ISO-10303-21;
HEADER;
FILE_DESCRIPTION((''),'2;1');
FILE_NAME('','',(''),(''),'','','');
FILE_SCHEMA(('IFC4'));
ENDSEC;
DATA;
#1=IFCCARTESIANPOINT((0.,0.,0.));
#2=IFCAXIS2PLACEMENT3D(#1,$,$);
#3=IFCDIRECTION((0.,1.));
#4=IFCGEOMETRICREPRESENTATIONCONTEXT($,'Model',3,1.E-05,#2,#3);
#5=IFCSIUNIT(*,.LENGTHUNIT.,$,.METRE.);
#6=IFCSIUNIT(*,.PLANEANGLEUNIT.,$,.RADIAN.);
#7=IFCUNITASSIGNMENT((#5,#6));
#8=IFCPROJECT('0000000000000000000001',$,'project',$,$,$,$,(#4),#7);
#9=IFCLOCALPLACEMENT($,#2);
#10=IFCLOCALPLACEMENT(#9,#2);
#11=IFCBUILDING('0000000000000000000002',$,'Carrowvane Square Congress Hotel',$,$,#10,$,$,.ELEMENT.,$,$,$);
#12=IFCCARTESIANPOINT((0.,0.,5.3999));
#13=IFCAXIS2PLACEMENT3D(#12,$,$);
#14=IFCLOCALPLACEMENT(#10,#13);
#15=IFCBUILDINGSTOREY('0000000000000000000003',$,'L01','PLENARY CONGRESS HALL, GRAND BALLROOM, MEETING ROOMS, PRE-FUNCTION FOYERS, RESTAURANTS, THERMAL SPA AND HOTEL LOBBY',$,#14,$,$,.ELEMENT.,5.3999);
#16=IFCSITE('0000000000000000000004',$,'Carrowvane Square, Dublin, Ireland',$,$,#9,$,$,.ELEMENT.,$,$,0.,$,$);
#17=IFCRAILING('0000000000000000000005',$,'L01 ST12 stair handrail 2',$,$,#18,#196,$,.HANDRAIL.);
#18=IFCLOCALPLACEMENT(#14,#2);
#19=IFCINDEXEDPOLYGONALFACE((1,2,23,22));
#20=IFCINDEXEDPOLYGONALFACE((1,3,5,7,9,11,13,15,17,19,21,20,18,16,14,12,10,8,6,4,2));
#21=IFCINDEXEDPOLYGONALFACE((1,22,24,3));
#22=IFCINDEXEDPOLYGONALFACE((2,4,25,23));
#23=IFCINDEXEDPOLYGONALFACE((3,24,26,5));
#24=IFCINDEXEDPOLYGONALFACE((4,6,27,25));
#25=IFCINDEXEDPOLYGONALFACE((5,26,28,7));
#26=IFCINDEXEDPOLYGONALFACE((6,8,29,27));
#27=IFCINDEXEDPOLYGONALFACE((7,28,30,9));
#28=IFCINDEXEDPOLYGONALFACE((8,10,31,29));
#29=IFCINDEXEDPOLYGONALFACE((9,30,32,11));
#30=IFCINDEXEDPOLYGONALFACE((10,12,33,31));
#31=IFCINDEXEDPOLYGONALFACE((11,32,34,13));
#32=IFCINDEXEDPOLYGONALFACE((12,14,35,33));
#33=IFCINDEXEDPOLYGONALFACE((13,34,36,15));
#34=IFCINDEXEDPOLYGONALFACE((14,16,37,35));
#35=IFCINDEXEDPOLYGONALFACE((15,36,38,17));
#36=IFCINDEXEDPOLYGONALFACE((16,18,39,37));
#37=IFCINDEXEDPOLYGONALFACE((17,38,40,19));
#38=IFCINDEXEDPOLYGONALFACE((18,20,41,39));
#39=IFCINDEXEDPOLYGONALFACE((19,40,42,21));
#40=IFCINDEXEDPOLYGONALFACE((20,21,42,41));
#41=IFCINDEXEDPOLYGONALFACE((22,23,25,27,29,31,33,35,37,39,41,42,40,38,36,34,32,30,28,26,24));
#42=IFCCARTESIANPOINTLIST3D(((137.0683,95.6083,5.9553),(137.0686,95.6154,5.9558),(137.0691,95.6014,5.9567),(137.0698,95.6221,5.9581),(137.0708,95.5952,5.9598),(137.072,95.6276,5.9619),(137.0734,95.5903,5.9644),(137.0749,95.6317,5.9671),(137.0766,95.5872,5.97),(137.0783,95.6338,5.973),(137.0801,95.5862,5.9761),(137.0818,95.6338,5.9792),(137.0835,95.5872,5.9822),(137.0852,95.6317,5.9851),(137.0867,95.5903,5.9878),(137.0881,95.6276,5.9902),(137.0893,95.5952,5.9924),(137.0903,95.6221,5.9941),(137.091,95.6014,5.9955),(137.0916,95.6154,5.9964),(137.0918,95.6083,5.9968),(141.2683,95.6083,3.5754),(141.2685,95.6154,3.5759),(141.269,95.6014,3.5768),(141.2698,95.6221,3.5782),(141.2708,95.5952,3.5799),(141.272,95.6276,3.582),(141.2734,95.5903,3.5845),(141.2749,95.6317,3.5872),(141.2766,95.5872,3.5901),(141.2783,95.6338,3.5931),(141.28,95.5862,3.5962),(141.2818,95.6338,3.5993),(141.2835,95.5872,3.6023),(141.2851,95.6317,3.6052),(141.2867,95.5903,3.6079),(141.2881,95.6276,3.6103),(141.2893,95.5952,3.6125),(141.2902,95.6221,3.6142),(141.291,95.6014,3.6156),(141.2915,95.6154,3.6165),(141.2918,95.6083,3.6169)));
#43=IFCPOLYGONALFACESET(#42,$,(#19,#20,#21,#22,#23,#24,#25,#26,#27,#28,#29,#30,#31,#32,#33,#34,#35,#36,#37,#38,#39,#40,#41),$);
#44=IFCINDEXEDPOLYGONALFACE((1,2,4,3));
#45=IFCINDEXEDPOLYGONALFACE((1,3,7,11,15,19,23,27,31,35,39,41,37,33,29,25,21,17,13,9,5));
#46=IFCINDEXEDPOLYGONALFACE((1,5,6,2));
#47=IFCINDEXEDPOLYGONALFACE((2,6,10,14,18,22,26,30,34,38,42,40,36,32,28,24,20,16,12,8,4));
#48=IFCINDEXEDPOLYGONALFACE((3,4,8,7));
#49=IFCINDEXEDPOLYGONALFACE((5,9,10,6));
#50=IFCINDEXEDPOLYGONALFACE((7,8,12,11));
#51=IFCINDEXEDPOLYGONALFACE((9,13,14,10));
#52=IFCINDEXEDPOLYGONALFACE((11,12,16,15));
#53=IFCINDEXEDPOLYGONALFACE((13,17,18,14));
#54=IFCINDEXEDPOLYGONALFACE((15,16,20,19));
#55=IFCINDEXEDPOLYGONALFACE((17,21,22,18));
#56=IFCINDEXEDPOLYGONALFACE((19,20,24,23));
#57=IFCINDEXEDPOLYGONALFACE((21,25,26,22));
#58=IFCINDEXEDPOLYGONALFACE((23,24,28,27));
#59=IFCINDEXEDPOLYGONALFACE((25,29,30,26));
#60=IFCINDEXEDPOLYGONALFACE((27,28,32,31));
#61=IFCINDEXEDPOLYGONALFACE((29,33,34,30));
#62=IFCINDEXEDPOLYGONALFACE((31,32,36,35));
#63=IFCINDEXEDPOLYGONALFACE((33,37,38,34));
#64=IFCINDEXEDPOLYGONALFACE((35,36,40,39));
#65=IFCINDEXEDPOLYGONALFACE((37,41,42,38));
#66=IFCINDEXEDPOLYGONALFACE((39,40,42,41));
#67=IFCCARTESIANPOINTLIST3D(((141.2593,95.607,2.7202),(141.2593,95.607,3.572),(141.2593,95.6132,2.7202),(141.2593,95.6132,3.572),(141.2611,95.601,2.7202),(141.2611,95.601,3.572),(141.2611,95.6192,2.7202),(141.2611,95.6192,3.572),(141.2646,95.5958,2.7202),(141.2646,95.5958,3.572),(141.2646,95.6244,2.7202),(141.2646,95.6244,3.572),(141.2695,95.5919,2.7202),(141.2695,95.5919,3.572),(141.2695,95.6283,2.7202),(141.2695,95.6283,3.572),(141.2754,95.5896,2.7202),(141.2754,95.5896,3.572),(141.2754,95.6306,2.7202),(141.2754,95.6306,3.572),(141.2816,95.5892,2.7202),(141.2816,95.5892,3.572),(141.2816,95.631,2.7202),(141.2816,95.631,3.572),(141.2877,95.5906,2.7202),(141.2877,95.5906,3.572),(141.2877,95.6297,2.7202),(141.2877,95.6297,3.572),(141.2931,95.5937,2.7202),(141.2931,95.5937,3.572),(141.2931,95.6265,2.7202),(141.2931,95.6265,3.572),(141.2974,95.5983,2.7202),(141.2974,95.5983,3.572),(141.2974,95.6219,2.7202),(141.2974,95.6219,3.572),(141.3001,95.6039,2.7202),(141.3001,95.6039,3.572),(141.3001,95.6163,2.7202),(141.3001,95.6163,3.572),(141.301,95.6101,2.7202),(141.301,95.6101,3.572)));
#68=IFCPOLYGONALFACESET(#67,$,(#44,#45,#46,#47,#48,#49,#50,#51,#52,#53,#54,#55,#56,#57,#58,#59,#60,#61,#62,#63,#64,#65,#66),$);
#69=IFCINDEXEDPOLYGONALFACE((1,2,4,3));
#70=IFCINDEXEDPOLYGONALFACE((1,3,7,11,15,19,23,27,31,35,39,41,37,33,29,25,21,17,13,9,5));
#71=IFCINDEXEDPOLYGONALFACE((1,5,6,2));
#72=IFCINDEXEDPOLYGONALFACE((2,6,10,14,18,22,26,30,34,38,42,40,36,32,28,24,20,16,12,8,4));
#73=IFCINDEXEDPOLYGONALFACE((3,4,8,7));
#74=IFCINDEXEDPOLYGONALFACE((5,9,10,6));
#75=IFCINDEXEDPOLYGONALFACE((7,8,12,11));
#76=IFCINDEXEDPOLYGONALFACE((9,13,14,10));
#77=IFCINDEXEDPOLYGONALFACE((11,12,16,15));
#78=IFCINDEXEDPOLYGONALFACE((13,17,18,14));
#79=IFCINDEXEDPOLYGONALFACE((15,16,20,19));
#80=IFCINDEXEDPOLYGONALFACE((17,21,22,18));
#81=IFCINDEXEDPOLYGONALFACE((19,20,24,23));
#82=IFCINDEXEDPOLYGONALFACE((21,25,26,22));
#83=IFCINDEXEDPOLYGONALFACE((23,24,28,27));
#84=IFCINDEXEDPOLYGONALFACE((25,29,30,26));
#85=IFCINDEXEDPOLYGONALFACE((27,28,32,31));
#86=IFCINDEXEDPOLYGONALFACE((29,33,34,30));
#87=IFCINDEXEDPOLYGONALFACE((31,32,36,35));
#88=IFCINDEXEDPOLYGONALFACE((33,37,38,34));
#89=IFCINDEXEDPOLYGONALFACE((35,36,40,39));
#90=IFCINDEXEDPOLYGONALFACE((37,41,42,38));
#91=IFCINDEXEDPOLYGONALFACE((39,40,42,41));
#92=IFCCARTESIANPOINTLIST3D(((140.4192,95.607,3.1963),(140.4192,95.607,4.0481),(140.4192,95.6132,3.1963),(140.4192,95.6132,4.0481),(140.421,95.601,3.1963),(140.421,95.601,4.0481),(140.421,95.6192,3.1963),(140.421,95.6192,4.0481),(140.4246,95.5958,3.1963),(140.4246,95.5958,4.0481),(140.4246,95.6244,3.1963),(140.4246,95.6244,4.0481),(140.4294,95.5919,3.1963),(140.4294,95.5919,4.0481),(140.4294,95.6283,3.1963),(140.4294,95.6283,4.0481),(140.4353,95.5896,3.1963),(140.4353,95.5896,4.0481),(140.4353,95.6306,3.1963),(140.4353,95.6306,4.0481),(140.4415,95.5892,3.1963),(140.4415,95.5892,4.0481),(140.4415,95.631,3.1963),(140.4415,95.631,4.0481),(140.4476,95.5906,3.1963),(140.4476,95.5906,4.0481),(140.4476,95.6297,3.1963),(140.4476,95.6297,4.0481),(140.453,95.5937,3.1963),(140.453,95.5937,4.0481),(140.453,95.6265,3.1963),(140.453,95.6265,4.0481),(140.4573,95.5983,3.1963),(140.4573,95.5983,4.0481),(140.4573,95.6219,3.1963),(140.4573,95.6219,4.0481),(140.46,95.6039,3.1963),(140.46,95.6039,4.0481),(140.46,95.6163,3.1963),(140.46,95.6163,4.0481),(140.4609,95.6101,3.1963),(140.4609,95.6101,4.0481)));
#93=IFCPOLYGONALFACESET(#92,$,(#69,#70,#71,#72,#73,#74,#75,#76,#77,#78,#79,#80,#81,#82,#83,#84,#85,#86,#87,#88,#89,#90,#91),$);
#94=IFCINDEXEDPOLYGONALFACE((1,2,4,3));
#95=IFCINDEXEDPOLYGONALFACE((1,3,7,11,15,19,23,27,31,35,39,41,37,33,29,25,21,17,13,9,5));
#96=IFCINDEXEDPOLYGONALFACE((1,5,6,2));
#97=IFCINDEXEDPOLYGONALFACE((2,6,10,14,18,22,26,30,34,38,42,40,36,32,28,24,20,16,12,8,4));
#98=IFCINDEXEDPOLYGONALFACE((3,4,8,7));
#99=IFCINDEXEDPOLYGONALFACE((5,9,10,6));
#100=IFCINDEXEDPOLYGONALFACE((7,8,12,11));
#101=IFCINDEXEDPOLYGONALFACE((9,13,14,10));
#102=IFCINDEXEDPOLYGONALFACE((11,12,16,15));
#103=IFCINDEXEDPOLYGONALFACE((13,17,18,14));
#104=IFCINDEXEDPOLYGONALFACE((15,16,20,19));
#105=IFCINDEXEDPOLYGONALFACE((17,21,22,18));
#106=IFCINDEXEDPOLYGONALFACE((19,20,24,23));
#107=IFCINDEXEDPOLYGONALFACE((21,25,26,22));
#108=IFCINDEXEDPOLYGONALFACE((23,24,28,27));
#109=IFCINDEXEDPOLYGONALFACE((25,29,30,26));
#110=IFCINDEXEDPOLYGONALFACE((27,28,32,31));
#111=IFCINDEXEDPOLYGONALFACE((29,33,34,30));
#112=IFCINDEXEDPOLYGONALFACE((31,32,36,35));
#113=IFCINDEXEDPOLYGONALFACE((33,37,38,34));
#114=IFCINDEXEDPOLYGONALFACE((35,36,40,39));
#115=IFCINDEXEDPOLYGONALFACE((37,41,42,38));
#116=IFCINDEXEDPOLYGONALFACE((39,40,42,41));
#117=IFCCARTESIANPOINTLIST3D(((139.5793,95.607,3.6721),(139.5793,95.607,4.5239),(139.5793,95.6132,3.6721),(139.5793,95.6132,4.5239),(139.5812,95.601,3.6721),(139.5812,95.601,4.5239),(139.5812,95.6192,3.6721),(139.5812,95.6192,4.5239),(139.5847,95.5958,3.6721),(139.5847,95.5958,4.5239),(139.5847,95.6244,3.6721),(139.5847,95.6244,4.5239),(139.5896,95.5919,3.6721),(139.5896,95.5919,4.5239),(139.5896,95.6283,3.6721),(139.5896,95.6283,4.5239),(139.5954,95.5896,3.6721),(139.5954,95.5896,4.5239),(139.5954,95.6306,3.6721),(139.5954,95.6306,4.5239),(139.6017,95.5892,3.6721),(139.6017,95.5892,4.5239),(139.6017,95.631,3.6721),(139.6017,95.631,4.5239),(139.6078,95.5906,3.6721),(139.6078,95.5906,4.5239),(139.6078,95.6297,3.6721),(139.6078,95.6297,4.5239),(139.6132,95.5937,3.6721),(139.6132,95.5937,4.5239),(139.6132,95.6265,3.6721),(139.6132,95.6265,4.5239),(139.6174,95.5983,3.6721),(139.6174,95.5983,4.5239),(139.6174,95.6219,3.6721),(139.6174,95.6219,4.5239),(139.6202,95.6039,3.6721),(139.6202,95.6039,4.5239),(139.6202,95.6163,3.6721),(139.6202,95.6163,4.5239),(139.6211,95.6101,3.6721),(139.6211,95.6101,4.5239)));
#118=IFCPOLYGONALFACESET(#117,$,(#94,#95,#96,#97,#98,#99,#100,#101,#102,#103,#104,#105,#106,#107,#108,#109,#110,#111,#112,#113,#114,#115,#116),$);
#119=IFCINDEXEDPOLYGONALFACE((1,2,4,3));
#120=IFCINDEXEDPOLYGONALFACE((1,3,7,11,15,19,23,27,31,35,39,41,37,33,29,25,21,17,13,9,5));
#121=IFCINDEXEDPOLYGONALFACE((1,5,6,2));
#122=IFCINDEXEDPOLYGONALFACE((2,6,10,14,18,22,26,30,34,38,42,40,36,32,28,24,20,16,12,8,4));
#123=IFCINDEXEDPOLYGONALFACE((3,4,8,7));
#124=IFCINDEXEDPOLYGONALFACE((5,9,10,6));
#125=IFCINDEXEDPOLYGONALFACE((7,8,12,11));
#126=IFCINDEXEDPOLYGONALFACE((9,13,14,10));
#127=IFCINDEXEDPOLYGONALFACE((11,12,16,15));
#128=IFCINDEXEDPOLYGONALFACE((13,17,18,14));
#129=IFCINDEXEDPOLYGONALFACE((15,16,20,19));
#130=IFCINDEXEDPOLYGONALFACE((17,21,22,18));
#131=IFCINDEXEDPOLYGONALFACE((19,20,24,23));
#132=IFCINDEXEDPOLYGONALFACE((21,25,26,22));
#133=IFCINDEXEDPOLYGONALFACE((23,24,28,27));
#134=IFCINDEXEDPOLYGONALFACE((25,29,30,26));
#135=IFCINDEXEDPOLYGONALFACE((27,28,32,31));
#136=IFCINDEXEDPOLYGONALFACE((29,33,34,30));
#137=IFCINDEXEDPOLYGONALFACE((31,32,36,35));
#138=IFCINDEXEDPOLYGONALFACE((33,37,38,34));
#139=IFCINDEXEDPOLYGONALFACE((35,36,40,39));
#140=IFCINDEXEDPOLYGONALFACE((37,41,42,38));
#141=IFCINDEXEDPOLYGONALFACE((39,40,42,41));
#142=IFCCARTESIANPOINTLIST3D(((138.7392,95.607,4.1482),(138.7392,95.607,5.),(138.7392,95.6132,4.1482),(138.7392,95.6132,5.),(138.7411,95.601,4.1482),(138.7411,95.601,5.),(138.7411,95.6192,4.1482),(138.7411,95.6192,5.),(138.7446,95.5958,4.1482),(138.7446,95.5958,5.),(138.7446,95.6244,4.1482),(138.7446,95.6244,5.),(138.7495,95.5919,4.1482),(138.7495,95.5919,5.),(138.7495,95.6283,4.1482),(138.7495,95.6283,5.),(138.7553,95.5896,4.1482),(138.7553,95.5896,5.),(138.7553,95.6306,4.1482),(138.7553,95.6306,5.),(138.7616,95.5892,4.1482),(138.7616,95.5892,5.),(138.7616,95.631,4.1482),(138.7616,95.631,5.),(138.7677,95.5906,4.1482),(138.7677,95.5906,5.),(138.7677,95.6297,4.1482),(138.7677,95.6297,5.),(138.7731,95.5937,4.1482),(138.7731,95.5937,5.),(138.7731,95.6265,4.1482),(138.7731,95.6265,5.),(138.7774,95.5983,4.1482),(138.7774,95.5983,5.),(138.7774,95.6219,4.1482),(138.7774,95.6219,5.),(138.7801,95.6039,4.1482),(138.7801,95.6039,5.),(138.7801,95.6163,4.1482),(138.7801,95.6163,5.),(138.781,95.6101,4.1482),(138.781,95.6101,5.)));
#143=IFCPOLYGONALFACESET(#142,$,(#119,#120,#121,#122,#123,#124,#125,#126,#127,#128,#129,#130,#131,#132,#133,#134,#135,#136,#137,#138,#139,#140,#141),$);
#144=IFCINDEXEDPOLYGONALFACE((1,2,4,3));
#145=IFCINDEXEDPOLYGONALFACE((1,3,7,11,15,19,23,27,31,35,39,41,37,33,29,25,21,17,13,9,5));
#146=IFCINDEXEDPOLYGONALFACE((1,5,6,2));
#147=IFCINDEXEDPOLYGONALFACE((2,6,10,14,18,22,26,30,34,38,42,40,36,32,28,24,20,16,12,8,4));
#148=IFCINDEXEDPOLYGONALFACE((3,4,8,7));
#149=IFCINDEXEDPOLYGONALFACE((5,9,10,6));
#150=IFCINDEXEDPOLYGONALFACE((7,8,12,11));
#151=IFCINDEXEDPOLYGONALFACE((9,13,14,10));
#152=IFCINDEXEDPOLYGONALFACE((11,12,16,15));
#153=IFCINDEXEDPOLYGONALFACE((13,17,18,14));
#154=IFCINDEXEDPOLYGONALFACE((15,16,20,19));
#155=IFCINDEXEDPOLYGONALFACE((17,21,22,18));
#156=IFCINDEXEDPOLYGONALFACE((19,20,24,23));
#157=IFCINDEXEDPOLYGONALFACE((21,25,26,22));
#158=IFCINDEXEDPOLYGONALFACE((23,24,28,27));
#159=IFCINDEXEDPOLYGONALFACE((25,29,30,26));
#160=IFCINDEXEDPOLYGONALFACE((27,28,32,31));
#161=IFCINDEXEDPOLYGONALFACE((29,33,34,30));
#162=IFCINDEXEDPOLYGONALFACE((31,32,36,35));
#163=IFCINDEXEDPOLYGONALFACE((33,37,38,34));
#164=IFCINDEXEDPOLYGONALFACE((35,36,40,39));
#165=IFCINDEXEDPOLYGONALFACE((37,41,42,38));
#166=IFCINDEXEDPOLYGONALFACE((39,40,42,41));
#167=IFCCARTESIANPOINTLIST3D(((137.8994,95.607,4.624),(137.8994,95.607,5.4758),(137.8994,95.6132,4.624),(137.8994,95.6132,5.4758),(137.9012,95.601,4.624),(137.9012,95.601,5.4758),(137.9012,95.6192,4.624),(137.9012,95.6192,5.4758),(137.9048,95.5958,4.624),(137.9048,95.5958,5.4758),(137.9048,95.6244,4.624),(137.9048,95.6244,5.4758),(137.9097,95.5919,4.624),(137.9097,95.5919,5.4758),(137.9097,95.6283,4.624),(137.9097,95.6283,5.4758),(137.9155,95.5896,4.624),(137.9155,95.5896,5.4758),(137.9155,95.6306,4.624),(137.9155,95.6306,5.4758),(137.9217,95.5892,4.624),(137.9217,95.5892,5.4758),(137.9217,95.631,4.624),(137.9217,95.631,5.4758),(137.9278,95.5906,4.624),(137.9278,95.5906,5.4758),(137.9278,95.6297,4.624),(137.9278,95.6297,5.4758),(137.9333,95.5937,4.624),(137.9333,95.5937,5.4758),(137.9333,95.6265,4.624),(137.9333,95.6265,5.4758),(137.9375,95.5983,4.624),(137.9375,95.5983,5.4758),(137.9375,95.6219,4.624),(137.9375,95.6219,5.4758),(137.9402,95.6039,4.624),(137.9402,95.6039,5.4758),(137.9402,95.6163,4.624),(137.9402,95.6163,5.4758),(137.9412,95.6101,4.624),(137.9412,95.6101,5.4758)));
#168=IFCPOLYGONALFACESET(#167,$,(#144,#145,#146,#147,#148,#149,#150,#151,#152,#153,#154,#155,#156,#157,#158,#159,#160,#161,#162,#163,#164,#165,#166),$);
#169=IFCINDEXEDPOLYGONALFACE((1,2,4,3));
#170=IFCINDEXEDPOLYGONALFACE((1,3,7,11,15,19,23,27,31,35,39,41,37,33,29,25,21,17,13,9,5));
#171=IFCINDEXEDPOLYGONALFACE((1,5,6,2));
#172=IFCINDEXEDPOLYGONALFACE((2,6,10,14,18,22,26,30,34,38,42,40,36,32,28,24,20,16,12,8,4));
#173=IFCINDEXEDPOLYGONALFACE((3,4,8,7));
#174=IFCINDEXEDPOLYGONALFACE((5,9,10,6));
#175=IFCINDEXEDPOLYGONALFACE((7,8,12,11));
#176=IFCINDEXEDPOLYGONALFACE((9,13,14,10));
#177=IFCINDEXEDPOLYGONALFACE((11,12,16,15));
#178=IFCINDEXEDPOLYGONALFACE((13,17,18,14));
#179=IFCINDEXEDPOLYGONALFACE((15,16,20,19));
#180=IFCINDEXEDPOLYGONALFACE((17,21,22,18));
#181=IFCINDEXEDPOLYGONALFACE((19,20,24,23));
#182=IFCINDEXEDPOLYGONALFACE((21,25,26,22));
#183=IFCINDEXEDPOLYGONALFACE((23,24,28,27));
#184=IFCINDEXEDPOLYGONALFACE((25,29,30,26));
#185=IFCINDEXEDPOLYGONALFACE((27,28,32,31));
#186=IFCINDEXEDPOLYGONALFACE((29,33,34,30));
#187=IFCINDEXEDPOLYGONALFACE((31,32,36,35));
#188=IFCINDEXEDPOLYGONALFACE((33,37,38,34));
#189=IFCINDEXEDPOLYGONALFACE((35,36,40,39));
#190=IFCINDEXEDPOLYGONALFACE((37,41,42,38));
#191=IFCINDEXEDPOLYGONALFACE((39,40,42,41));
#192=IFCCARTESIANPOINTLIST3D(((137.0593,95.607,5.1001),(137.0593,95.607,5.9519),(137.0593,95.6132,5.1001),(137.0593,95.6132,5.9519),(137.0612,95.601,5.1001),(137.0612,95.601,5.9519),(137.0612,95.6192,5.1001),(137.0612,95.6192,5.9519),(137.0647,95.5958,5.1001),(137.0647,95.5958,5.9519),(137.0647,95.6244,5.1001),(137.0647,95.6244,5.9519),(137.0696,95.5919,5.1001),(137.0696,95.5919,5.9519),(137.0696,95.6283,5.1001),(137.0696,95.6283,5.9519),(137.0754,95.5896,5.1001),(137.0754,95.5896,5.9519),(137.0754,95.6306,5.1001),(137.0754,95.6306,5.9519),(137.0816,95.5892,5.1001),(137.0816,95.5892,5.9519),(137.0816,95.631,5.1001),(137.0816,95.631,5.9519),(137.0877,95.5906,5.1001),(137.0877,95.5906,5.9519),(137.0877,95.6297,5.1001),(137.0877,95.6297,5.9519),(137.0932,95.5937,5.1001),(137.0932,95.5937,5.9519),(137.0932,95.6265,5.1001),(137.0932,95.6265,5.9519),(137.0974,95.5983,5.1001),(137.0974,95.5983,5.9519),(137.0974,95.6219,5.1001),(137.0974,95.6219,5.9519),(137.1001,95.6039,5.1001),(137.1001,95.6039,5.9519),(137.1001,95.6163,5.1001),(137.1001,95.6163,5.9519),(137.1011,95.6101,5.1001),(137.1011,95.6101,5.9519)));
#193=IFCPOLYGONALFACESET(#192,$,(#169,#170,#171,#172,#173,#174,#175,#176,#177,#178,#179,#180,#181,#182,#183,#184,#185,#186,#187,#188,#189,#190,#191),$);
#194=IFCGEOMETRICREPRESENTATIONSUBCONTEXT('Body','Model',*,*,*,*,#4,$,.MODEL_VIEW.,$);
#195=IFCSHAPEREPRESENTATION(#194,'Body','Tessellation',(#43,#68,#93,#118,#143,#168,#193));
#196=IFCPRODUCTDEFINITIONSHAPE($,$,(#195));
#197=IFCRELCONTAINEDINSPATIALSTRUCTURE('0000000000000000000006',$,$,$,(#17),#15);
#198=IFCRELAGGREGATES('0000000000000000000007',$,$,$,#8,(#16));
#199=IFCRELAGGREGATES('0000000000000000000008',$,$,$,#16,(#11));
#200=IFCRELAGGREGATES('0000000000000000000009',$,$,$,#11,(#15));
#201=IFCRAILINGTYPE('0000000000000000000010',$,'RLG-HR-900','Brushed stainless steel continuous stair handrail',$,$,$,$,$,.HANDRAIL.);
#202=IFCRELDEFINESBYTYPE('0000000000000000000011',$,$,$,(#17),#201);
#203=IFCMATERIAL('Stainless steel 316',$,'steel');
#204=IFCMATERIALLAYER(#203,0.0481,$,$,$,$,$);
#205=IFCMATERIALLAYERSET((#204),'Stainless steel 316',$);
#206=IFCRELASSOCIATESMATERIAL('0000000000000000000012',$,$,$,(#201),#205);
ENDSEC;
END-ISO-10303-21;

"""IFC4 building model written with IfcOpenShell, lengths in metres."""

from ifc_helpers import new_model, si_unit, direction, frame, origin, origin_2d, place, context, subcontext, project, spatial, circle, extrude, material, layer, layer_set, type_object, element, save


model = new_model("IFC4")

# Units and contexts
model_context = context("Model", 3, precision=1e-05, world=origin(), true_north=direction((0.0, 1.0)))
body_context = subcontext(model_context, "Body", "Model", "MODEL_VIEW")
ifc_project = project(units=[si_unit("LENGTHUNIT", "METRE"), si_unit("PLANEANGLEUNIT", "RADIAN")], contexts=[model_context])

# Site, building, storey
site_placement = place(None, origin())
site = spatial("IfcSite", under=ifc_project, at=site_placement, Name="Carrowvane Square, Dublin, Ireland", CompositionType="ELEMENT", RefElevation=0.0)
building_placement = place(site_placement, origin())
building = spatial("IfcBuilding", under=site, at=building_placement, Name="Carrowvane Square Congress Hotel", CompositionType="ELEMENT")
storey_placement = place(building_placement, frame((0.0, 0.0, 5.3999)))
storey = spatial("IfcBuildingStorey", under=building, at=storey_placement, Name="L01", Description="PLENARY CONGRESS HALL, GRAND BALLROOM, MEETING ROOMS, PRE-FUNCTION FOYERS, RESTAURANTS, THERMAL SPA AND HOTEL LOBBY", CompositionType="ELEMENT", Elevation=5.3999)

# Railing
ifc_material_1 = material(Name="Stainless steel 316", Category="steel")
ifc_layer_1 = layer(ifc_material_1, 0.0481)
ifc_layer_set_1 = layer_set([ifc_layer_1], Name="Stainless steel 316")
railing_type = type_object("IfcRailingType", Name="RLG-HR-900", Description="Brushed stainless steel continuous stair handrail", PredefinedType="HANDRAIL", material=ifc_layer_set_1)
railing_placement = place(storey_placement, frame((141.28, 95.6101, 2.7202)))
element("IfcRailing", 1, at=railing_placement, inside=storey, type_object=railing_type, Name="L01 ST12 stair handrail 2", PredefinedType="HANDRAIL", context=body_context, shape_type="SweptSolid", body=[
    extrude(circle(Radius=0.0239, at=origin_2d()), frame((0.0, 0.0, 0.876), z_axis=(-0.87003, 0.0, 0.492999), x_axis=(0.0, -1.0, 0.0)), (0.0, 0.0, 1.0), 4.8274),
    extrude(circle(Radius=0.021, at=origin_2d()), origin(), (0.0, 0.0, 1.0), 0.8518),
    extrude(circle(Radius=0.021, at=origin_2d()), frame((-0.8401, 0.0, 0.4761)), (0.0, 0.0, 1.0), 0.8518),
    extrude(circle(Radius=0.021, at=origin_2d()), frame((-1.6799, 0.0, 0.9519)), (0.0, 0.0, 1.0), 0.8518),
    extrude(circle(Radius=0.021, at=origin_2d()), frame((-2.52, 0.0, 1.428)), (0.0, 0.0, 1.0), 0.8518),
    extrude(circle(Radius=0.021, at=origin_2d()), frame((-3.3599, 0.0, 1.9038)), (0.0, 0.0, 1.0), 0.8518),
    extrude(circle(Radius=0.021, at=origin_2d()), frame((-4.2, 0.0, 2.3799)), (0.0, 0.0, 1.0), 0.8518),
])

save(model, "model.ifc")
